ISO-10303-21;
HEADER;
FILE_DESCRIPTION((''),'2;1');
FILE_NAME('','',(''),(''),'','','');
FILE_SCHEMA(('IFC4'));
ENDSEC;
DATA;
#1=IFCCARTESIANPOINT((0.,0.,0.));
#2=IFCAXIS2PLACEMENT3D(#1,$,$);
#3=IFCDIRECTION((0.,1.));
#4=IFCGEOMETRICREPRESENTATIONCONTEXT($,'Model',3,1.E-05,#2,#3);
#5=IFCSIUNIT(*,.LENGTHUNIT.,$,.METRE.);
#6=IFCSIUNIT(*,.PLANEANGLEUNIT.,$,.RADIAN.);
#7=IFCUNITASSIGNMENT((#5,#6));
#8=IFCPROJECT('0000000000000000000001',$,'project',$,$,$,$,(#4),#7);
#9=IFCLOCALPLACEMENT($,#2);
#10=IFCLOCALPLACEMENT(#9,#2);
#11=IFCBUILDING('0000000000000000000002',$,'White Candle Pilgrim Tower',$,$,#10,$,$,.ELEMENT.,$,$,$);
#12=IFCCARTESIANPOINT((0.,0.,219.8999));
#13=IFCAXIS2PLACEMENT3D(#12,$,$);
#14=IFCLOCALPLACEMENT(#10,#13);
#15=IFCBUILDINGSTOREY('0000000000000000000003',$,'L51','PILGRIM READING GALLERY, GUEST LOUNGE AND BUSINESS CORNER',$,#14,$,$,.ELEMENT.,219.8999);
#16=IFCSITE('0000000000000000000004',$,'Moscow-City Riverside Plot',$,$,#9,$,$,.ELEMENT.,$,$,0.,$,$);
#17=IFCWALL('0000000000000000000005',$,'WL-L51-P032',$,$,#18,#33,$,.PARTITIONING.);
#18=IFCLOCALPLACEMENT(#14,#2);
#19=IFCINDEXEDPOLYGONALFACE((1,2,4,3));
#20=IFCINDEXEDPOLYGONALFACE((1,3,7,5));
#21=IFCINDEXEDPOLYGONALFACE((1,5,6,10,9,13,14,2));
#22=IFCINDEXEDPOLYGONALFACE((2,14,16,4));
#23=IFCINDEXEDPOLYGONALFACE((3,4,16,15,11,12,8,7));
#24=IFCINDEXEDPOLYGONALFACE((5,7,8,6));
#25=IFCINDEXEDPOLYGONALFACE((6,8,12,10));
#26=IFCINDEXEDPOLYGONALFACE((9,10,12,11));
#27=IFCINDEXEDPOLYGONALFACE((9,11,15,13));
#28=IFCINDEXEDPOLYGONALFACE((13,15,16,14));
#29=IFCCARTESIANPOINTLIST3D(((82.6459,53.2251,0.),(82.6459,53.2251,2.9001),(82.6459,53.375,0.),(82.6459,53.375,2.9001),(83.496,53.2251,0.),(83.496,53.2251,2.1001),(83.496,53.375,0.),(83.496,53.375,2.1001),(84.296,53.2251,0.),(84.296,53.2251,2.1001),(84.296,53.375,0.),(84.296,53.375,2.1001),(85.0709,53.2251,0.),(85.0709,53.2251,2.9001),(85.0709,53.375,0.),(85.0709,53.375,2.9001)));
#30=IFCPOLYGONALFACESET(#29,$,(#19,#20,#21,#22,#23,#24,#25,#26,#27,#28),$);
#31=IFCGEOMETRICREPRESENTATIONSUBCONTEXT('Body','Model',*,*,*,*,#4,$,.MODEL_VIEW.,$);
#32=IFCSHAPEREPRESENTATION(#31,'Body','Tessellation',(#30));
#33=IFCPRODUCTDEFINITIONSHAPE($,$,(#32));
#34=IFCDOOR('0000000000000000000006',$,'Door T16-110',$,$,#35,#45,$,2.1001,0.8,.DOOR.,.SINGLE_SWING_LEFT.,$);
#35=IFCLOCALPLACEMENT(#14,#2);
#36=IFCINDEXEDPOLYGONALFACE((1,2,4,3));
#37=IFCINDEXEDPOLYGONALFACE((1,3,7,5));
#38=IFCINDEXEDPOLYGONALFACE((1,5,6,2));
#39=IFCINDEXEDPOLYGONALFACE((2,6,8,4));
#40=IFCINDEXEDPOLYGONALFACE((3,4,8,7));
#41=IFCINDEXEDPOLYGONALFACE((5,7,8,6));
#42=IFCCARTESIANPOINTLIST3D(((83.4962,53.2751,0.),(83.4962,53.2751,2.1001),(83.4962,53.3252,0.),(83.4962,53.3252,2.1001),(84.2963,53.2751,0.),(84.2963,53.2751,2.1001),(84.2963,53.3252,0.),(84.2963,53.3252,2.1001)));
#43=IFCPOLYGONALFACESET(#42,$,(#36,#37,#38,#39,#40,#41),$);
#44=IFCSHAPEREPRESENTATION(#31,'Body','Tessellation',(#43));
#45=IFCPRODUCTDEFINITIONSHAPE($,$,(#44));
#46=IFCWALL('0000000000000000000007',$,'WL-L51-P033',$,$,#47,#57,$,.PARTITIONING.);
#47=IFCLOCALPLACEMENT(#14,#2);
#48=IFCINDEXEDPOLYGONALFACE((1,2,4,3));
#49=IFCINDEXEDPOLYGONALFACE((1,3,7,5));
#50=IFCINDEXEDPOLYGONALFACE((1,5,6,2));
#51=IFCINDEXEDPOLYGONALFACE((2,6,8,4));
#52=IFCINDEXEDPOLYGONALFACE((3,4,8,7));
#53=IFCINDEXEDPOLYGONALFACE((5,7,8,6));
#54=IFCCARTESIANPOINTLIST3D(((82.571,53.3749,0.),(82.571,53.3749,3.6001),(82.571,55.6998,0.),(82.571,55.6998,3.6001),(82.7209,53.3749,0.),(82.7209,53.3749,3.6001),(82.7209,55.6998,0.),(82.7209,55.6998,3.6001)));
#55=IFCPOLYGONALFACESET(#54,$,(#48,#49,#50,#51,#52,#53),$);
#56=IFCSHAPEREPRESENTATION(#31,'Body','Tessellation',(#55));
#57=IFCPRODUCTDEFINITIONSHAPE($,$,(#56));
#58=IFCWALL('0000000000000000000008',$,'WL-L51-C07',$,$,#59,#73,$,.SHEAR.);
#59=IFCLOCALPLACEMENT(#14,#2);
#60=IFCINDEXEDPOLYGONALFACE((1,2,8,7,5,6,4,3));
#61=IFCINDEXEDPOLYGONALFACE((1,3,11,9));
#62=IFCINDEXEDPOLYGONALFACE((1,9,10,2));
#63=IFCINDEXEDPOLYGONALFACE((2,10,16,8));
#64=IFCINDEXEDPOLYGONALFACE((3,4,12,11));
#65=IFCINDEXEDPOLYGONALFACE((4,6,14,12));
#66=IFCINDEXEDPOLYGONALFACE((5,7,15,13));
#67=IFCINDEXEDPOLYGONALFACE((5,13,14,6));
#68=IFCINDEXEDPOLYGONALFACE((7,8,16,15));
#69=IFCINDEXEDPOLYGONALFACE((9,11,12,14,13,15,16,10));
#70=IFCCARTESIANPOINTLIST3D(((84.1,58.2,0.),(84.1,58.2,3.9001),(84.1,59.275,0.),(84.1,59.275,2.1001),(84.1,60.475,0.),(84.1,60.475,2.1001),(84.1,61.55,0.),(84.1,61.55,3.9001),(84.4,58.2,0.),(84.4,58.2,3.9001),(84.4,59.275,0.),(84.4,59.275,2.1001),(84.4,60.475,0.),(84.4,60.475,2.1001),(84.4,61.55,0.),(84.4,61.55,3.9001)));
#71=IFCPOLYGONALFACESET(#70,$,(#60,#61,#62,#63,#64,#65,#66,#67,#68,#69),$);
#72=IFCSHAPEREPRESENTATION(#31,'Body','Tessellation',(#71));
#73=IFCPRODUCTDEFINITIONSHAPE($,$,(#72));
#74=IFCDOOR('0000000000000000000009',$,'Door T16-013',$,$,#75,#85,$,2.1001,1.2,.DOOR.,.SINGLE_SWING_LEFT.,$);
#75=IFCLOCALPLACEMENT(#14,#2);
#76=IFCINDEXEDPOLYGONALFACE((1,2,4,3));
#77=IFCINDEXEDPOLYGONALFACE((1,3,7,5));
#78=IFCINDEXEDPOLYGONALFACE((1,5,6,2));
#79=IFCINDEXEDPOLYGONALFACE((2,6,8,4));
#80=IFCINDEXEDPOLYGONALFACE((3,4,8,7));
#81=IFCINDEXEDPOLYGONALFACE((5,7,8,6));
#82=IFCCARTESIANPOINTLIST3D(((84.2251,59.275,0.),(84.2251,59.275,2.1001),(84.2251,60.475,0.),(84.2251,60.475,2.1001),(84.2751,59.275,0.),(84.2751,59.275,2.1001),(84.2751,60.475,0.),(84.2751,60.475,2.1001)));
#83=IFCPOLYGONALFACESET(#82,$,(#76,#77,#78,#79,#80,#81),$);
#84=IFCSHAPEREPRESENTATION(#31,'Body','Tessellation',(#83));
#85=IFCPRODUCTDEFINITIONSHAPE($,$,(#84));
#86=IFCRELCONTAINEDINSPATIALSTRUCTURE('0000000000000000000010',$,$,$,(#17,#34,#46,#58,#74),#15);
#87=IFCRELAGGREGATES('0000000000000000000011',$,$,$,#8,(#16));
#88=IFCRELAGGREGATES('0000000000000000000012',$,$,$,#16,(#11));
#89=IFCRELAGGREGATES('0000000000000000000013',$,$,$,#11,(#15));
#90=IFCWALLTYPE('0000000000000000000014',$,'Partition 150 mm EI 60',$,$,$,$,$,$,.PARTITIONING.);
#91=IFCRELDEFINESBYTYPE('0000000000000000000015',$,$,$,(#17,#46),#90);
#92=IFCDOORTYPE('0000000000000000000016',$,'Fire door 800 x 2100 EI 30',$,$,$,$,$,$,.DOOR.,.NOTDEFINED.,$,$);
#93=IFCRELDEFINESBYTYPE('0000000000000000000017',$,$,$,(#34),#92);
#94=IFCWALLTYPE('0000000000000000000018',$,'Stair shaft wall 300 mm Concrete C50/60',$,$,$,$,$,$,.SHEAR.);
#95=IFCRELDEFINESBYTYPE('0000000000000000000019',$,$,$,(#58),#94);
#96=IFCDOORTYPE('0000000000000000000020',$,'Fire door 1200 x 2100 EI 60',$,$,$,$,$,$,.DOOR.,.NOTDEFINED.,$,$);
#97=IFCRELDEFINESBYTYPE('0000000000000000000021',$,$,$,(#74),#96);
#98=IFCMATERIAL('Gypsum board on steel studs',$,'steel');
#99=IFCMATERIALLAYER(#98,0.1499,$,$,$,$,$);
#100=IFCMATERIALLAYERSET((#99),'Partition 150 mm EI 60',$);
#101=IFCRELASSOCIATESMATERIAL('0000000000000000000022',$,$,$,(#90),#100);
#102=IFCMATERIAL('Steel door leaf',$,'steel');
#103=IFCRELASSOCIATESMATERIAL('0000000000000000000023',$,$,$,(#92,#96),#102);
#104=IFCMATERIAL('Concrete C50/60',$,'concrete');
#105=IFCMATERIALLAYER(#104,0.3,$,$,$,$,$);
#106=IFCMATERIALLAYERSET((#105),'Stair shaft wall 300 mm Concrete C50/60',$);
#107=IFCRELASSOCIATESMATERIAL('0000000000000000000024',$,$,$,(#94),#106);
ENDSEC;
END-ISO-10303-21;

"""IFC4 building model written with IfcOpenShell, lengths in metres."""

from ifc_helpers import new_model, si_unit, direction, frame, frame_2d, origin, place, context, subcontext, project, spatial, rectangle, extrude, material, layer, layer_set, type_object, element, fill, save


model = new_model("IFC4")

# Units and contexts
model_context = context("Model", 3, precision=1e-05, world=origin(), true_north=direction((0.0, 1.0)))
body_context = subcontext(model_context, "Body", "Model", "MODEL_VIEW")
ifc_project = project(units=[si_unit("LENGTHUNIT", "METRE"), si_unit("PLANEANGLEUNIT", "RADIAN")], contexts=[model_context])

# Site, building, storey
site_placement = place(None, origin())
site = spatial("IfcSite", under=ifc_project, at=site_placement, Name="Moscow-City Riverside Plot", CompositionType="ELEMENT", RefElevation=0.0)
building_placement = place(site_placement, origin())
building = spatial("IfcBuilding", under=site, at=building_placement, Name="White Candle Pilgrim Tower", CompositionType="ELEMENT")
storey_placement = place(building_placement, frame((0.0, 0.0, 219.8999)))
storey = spatial("IfcBuildingStorey", under=building, at=storey_placement, Name="L51", Description="PILGRIM READING GALLERY, GUEST LOUNGE AND BUSINESS CORNER", CompositionType="ELEMENT", Elevation=219.8999)

# Shared definitions
ifc_material_1 = material(Name="Concrete C50/60", Category="concrete")

# Shared definitions
ifc_material_2 = material(Name="Gypsum board on steel studs", Category="steel")
ifc_material_3 = material(Name="Steel door leaf", Category="steel")

# Shared definitions
ifc_layer_1 = layer(ifc_material_2, 0.1499)
ifc_layer_set_1 = layer_set([ifc_layer_1], Name="Partition 150 mm EI 60")
wall_type_1 = type_object("IfcWallType", Name="Partition 150 mm EI 60", PredefinedType="PARTITIONING", material=ifc_layer_set_1)

# Wall, opening, door
wall_1_placement = place(storey_placement, frame((82.646, 53.3, 0.0), z_axis=(0.0, 0.0, 1.0), x_axis=(1.0, 0.0, 0.0)))
wall_1 = element("IfcWall", 1, at=wall_1_placement, inside=storey, type_object=wall_type_1, Name="WL-L51-P032", PredefinedType="PARTITIONING", context=body_context, shape_type="SweptSolid", body=[
    extrude(rectangle(XDim=2.425, YDim=0.1499, at=frame_2d((1.2124, 0.0))), origin(), (0.0, 0.0, 1.0), 2.9001),
])
opening_1_placement = place(wall_1_placement, frame((0.8501, 0.0, 0.0)))
opening_1 = element("IfcOpeningElement", 2, at=opening_1_placement, cuts=wall_1, PredefinedType="OPENING", context=body_context, shape_type="SweptSolid", body=[
    extrude(rectangle(XDim=0.8, YDim=2.1001, at=frame_2d((0.3999, 1.05))), frame((0.0, 0.085, 0.0), z_axis=(0.0, -1.0, 0.0), x_axis=(1.0, 0.0, 0.0)), (0.0, 0.0, 1.0), 0.1699),
])
door_type_1 = type_object("IfcDoorType", Name="Fire door 800 x 2100 EI 30", OperationType="NOTDEFINED", PredefinedType="DOOR", material=ifc_material_3)
door_1_placement = place(opening_1_placement, frame((0.8, 0.0, 0.0), z_axis=(0.0, 0.0, 1.0), x_axis=(-1.0, 0.0, 0.0)))
door_1 = element("IfcDoor", 3, at=door_1_placement, inside=storey, type_object=door_type_1, Name="Door T16-110", OperationType="SINGLE_SWING_LEFT", OverallHeight=2.1001, OverallWidth=0.8, PredefinedType="DOOR", context=body_context, shape_type="SweptSolid", body=[
    extrude(rectangle(XDim=0.8, YDim=2.1001, at=frame_2d((0.3999, 1.05))), frame((0.0, 0.0249, 0.0), z_axis=(0.0, -1.0, 0.0), x_axis=(1.0, 0.0, 0.0)), (0.0, 0.0, 1.0), 0.05),
])
fill(opening_1, door_1)

# Wall
wall_2_placement = place(storey_placement, frame((82.646, 55.7, 0.0), z_axis=(0.0, 0.0, 1.0), x_axis=(0.0, -1.0, 0.0)))
element("IfcWall", 4, at=wall_2_placement, inside=storey, type_object=wall_type_1, Name="WL-L51-P033", PredefinedType="PARTITIONING", context=body_context, shape_type="SweptSolid", body=[
    extrude(rectangle(XDim=2.325, YDim=0.1499, at=frame_2d((1.1626, 0.0))), origin(), (0.0, 0.0, 1.0), 3.6001),
])

# Wall, opening, door
ifc_layer_2 = layer(ifc_material_1, 0.3)
ifc_layer_set_2 = layer_set([ifc_layer_2], Name="Stair shaft wall 300 mm Concrete C50/60")
wall_type_2 = type_object("IfcWallType", Name="Stair shaft wall 300 mm Concrete C50/60", PredefinedType="SHEAR", material=ifc_layer_set_2)
wall_3_placement = place(storey_placement, frame((84.25, 58.2, 0.0), z_axis=(0.0, 0.0, 1.0), x_axis=(0.0, 1.0, 0.0)))
wall_3 = element("IfcWall", 5, at=wall_3_placement, inside=storey, type_object=wall_type_2, Name="WL-L51-C07", PredefinedType="SHEAR", context=body_context, shape_type="SweptSolid", body=[
    extrude(rectangle(XDim=3.3501, YDim=0.3, at=frame_2d((1.675, 0.0))), origin(), (0.0, 0.0, 1.0), 3.9001),
])
opening_2_placement = place(wall_3_placement, frame((1.075, 0.0, 0.0)))
opening_2 = element("IfcOpeningElement", 6, at=opening_2_placement, cuts=wall_3, PredefinedType="OPENING", context=body_context, shape_type="SweptSolid", body=[
    extrude(rectangle(XDim=1.2, YDim=2.1001, at=frame_2d((0.6001, 1.05))), frame((0.0, 0.1599, 0.0), z_axis=(0.0, -1.0, 0.0), x_axis=(1.0, 0.0, 0.0)), (0.0, 0.0, 1.0), 0.3201),
])
door_type_2 = type_object("IfcDoorType", Name="Fire door 1200 x 2100 EI 60", OperationType="NOTDEFINED", PredefinedType="DOOR", material=ifc_material_3)
door_2_placement = place(opening_2_placement, origin())
door_2 = element("IfcDoor", 7, at=door_2_placement, inside=storey, type_object=door_type_2, Name="Door T16-013", OperationType="SINGLE_SWING_LEFT", OverallHeight=2.1001, OverallWidth=1.2, PredefinedType="DOOR", context=body_context, shape_type="SweptSolid", body=[
    extrude(rectangle(XDim=1.2, YDim=2.1001, at=frame_2d((0.6001, 1.05))), frame((0.0, 0.0249, 0.0), z_axis=(0.0, -1.0, 0.0), x_axis=(1.0, 0.0, 0.0)), (0.0, 0.0, 1.0), 0.05),
])
fill(opening_2, door_2)

save(model, "model.ifc")
